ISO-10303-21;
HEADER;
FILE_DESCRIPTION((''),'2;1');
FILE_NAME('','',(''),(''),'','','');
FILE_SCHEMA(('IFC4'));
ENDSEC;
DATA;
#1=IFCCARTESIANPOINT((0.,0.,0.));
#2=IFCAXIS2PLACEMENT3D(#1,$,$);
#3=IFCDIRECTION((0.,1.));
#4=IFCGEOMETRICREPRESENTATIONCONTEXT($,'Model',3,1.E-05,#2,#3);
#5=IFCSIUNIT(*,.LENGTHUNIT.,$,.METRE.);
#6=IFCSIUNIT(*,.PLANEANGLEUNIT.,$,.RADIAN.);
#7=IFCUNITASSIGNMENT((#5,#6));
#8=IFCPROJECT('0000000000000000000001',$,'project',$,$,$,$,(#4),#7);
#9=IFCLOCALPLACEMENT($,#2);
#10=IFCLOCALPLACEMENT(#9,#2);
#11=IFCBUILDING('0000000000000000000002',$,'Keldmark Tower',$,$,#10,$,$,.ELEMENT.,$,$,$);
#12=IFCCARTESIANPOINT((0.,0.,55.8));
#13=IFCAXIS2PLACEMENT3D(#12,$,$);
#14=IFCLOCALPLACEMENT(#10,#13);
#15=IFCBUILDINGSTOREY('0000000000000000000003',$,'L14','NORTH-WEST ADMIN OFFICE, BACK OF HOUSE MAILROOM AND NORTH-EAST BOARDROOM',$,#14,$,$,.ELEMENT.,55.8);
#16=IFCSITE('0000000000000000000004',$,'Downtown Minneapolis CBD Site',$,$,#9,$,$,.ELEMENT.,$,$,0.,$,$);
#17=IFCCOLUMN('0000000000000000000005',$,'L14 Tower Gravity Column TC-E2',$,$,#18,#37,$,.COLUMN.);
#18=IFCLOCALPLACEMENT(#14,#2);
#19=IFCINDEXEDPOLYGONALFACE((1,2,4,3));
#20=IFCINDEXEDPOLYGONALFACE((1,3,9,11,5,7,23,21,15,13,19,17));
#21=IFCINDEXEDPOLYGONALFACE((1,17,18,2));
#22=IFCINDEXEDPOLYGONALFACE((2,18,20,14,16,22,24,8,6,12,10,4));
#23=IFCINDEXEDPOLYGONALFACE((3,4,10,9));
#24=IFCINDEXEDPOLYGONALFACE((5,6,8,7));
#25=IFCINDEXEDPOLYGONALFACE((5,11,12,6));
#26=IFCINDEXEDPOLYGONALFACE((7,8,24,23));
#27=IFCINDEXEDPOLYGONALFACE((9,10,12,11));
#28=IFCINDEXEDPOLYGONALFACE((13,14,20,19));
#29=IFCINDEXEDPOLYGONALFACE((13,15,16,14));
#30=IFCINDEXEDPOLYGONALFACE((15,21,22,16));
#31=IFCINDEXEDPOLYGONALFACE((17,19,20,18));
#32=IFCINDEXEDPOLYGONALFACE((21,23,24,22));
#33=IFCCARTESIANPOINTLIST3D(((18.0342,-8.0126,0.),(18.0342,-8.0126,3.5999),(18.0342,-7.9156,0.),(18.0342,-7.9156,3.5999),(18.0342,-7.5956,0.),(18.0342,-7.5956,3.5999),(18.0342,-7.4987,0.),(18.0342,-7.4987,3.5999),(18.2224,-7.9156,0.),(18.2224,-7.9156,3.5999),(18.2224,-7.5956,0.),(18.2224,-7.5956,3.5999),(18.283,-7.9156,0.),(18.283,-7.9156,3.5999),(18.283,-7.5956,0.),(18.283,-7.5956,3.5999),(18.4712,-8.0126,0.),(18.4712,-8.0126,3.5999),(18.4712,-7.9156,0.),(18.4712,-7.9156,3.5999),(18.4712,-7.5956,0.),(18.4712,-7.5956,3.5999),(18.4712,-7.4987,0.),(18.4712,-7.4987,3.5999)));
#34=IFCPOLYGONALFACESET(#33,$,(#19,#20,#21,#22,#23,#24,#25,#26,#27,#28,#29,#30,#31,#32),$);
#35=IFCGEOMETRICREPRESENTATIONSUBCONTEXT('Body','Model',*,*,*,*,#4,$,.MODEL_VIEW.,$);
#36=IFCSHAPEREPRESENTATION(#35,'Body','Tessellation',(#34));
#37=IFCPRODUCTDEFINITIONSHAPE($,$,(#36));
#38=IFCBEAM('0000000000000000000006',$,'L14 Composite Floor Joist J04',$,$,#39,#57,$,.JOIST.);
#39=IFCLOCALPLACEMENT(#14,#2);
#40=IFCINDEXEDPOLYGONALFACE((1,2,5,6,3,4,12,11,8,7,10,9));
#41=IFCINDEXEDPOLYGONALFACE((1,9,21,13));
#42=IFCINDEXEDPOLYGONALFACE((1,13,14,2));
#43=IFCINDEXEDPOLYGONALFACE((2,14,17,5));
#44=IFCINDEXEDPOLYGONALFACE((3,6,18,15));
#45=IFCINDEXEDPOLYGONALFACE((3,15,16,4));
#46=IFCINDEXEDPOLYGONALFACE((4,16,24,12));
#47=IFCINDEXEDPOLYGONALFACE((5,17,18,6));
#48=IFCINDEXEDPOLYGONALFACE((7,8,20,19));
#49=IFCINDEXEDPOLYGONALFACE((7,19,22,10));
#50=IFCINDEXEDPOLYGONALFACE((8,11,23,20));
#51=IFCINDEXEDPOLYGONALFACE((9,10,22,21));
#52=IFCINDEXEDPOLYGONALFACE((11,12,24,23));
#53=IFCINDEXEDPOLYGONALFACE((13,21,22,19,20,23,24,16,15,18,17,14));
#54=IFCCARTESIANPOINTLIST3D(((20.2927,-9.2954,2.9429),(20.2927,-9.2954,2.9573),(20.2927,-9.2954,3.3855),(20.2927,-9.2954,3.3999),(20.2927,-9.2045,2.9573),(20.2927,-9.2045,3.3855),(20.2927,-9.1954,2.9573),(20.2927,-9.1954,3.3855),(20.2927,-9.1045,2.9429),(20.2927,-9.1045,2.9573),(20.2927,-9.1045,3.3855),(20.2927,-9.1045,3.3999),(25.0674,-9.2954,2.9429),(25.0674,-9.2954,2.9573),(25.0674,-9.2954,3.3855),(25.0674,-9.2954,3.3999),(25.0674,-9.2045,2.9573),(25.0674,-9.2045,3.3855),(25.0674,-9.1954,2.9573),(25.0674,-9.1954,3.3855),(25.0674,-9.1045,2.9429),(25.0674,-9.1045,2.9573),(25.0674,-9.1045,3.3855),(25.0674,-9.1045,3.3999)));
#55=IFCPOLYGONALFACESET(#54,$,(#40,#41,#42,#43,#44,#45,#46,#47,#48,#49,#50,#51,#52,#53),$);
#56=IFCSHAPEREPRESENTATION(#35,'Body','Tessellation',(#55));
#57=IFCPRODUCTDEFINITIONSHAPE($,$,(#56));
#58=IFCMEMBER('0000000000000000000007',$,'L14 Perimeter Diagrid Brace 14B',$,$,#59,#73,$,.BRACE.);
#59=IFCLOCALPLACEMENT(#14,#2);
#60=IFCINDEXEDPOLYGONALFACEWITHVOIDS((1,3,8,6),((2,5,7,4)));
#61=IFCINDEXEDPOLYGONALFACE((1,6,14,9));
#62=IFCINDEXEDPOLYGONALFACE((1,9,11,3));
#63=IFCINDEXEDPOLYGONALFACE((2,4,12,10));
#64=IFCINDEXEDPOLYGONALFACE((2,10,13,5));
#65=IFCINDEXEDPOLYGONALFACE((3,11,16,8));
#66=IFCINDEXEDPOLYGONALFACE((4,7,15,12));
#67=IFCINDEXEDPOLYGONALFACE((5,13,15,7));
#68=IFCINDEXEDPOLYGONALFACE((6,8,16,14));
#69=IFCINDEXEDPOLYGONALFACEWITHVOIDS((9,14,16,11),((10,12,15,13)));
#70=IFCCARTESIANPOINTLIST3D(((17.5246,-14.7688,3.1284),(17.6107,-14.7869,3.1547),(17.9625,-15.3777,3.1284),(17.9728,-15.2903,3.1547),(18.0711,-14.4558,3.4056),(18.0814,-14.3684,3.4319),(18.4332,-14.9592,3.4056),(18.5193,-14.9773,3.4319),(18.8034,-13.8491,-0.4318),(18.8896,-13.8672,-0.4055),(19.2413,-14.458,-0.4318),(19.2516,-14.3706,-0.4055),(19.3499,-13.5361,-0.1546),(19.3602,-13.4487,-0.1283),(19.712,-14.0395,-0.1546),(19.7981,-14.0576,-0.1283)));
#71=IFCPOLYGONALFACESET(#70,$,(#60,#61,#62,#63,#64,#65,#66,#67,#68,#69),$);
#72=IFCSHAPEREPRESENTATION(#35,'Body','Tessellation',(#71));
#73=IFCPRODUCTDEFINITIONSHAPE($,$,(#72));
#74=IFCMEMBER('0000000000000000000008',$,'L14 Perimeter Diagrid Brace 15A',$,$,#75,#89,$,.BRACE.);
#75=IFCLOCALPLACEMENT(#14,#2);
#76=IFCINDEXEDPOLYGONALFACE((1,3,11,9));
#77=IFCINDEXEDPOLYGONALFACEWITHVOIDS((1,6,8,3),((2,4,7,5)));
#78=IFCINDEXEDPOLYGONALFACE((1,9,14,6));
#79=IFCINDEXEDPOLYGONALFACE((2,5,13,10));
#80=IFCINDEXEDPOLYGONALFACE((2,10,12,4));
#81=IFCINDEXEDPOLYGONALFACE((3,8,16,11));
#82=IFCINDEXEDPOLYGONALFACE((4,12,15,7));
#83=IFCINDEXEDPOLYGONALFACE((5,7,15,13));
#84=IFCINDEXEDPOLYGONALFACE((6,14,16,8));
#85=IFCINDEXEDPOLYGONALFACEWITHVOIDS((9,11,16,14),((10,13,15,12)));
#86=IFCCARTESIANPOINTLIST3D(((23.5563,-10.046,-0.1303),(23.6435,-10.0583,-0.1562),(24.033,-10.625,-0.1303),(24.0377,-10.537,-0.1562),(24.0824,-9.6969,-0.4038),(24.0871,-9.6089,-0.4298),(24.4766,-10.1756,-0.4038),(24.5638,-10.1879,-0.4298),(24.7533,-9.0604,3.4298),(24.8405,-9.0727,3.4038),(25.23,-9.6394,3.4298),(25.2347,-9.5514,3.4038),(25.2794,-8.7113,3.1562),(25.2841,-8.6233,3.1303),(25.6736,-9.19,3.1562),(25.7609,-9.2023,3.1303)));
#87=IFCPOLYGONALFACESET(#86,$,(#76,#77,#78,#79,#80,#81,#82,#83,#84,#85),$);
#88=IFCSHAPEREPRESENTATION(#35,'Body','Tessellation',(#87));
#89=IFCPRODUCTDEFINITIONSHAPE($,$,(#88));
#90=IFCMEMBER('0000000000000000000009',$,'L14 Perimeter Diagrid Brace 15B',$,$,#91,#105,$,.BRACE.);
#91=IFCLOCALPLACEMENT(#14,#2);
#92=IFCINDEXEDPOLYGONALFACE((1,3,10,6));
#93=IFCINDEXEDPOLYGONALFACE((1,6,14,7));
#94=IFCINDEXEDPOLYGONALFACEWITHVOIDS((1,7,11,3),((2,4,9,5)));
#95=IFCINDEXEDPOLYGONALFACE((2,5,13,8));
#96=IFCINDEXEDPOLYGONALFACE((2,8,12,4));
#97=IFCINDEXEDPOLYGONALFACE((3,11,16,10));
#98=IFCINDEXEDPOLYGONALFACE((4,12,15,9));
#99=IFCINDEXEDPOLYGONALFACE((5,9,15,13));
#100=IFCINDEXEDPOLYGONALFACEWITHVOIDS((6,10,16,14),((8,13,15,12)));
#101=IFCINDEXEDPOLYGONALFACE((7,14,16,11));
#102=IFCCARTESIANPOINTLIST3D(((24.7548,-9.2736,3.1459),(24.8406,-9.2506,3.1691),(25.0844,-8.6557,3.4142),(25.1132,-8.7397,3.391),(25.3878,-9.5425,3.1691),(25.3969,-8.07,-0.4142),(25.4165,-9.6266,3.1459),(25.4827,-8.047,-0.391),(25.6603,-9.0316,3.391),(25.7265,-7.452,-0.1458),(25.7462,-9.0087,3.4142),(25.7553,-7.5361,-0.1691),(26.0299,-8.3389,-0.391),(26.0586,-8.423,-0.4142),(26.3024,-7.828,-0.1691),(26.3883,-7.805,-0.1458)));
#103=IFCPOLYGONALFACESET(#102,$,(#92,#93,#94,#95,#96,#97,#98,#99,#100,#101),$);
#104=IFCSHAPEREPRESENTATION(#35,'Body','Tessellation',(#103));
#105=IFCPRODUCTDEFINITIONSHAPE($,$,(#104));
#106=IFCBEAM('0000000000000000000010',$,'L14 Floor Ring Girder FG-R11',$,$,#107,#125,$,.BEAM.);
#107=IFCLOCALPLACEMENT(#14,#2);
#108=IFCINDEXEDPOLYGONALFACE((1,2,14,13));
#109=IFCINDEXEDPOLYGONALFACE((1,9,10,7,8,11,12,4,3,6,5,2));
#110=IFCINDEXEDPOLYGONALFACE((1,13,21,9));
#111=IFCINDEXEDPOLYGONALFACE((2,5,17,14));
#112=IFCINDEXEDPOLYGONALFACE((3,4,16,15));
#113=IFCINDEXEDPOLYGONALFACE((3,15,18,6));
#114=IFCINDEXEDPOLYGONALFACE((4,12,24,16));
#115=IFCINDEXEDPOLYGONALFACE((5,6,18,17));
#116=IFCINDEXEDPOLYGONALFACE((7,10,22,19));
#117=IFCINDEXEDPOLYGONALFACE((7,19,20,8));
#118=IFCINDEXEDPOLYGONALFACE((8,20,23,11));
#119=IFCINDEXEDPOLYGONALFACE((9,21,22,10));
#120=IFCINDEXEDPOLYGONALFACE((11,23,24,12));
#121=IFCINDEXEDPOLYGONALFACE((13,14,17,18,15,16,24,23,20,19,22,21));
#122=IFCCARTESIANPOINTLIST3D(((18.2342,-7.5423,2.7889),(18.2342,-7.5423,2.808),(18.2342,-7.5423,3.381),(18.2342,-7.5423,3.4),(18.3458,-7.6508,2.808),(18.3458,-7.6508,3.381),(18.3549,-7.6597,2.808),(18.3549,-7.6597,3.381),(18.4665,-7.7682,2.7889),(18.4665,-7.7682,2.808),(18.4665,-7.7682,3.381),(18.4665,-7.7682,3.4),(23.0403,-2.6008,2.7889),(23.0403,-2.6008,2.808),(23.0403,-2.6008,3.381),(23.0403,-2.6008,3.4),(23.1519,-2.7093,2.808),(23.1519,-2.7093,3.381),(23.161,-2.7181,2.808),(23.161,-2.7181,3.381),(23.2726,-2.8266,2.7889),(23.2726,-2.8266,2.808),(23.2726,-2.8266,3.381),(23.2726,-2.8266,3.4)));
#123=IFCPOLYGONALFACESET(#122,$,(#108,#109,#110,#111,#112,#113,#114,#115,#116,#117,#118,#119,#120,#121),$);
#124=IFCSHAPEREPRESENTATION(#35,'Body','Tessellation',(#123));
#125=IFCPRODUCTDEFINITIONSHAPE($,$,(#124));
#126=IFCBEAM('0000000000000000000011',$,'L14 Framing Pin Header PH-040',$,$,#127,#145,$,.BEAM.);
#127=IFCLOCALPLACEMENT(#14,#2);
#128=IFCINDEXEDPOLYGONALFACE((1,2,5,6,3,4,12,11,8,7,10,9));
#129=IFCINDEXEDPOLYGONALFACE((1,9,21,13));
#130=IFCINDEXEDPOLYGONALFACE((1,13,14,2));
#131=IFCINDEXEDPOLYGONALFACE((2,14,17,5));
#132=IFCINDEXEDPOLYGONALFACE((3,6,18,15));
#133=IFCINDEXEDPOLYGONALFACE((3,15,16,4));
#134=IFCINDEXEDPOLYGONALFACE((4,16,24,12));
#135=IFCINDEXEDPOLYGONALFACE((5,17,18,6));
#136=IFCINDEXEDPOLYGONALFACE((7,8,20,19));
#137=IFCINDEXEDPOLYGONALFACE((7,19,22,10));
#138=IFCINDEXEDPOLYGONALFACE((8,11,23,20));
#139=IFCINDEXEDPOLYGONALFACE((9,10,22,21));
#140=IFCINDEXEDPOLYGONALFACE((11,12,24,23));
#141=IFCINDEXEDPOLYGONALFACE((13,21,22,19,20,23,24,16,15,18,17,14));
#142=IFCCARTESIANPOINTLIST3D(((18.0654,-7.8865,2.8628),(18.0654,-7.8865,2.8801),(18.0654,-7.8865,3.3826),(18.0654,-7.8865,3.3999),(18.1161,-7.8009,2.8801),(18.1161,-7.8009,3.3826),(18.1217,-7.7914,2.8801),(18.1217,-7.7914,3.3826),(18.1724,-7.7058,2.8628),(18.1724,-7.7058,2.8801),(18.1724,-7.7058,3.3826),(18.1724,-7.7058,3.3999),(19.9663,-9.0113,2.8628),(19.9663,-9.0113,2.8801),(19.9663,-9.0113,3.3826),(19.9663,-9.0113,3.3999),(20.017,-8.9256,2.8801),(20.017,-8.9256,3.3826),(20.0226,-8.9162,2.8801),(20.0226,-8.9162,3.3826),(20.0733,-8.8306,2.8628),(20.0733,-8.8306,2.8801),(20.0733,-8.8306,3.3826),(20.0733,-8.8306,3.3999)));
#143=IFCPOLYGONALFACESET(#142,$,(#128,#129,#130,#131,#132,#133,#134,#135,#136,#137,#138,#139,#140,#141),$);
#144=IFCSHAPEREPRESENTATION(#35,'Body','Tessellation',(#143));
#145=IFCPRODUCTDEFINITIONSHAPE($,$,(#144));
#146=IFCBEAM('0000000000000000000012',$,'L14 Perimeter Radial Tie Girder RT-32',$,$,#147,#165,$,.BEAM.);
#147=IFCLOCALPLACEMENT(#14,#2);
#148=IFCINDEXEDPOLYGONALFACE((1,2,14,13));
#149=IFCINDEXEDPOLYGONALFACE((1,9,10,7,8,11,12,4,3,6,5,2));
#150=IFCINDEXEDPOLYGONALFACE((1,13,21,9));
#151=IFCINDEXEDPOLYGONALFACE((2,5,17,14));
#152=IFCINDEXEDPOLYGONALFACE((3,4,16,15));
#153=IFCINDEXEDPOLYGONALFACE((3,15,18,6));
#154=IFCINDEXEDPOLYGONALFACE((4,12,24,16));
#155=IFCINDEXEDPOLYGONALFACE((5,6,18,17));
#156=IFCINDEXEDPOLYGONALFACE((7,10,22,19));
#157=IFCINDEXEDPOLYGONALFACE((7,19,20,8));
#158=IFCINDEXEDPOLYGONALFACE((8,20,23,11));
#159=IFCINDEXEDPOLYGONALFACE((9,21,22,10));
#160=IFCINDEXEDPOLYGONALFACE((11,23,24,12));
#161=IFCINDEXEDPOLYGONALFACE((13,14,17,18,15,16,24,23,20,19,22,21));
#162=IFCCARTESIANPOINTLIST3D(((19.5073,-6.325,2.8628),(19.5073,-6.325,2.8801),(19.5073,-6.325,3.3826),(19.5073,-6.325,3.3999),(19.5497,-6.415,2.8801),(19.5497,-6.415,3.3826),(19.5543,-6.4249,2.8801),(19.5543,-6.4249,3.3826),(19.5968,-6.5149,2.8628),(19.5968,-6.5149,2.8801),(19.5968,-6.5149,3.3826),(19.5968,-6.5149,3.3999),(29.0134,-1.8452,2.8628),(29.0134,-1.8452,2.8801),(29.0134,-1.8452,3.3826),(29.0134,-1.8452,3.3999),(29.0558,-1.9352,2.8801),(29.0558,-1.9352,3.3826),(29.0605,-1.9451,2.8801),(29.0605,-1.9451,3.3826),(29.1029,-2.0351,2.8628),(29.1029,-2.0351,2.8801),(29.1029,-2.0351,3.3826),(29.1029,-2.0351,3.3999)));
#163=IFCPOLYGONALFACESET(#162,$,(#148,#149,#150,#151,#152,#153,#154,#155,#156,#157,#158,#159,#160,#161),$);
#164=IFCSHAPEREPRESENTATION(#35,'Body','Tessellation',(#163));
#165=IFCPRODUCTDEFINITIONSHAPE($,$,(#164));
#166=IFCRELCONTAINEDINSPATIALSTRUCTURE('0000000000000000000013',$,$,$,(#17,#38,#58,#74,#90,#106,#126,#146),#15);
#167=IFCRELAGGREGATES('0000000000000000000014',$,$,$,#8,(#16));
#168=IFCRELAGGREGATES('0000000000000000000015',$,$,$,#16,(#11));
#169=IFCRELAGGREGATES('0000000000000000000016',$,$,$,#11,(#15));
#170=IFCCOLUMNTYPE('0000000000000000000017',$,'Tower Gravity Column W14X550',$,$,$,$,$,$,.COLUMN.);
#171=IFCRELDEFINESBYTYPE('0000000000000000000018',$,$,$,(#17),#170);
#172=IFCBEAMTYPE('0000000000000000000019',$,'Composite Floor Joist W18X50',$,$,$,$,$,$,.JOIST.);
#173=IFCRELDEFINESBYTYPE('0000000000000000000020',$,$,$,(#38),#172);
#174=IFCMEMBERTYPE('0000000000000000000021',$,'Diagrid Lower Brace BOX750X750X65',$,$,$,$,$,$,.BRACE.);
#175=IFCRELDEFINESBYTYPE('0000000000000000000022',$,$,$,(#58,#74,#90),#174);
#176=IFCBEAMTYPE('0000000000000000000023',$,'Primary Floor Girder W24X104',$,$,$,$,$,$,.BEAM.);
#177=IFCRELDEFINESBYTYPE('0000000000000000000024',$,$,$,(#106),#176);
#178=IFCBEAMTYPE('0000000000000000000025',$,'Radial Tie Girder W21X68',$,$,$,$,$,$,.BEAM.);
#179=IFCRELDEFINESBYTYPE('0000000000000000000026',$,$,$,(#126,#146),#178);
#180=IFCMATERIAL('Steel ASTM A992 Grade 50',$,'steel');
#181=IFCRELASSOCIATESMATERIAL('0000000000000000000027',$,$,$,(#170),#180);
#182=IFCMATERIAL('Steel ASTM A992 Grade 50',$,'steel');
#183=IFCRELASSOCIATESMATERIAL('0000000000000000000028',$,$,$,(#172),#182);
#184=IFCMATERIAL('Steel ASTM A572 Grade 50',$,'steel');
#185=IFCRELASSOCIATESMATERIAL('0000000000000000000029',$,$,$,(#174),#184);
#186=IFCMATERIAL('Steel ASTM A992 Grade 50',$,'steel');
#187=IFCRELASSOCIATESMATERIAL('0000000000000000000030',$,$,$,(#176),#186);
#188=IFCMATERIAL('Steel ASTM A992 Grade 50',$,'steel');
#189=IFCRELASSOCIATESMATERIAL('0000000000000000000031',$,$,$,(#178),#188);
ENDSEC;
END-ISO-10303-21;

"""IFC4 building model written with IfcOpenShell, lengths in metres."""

from ifc_helpers import new_model, si_unit, direction, frame, origin, origin_2d, place, context, subcontext, project, spatial, hollow_rectangle, i_section, extrude, material, material_profile, profile_set, type_object, element, save


model = new_model("IFC4")

# Units and contexts
model_context = context("Model", 3, precision=1e-05, world=origin(), true_north=direction((0.0, 1.0)))
body_context = subcontext(model_context, "Body", "Model", "MODEL_VIEW")
ifc_project = project(units=[si_unit("LENGTHUNIT", "METRE"), si_unit("PLANEANGLEUNIT", "RADIAN")], contexts=[model_context])

# Site, building, storey
site_placement = place(None, origin())
site = spatial("IfcSite", under=ifc_project, at=site_placement, Name="Downtown Minneapolis CBD Site", CompositionType="ELEMENT", RefElevation=0.0)
building_placement = place(site_placement, origin())
building = spatial("IfcBuilding", under=site, at=building_placement, Name="Keldmark Tower", CompositionType="ELEMENT")
storey_placement = place(building_placement, frame((0.0, 0.0, 55.8)))
storey = spatial("IfcBuildingStorey", under=building, at=storey_placement, Name="L14", Description="NORTH-WEST ADMIN OFFICE, BACK OF HOUSE MAILROOM AND NORTH-EAST BOARDROOM", CompositionType="ELEMENT", Elevation=55.8)

# Column
ifc_material_1 = material(Name="Steel ASTM A992 Grade 50", Category="steel")
ifc_material_profile_1 = material_profile(ifc_material_1, i_section(OverallWidth=0.437, OverallDepth=0.5139, WebThickness=0.0605, FlangeThickness=0.0969, at=origin_2d()), Name="W14X550")
ifc_profile_set_1 = profile_set([ifc_material_profile_1], Name="Steel ASTM A992 Grade 50")
column_type = type_object("IfcColumnType", Name="Tower Gravity Column W14X550", PredefinedType="COLUMN", material=ifc_profile_set_1)
column_placement = place(storey_placement, frame((18.2527, -7.7556, 0.0), z_axis=(0.0, 0.0, 1.0), x_axis=(1.0, 0.0, 0.0)))
element("IfcColumn", 1, at=column_placement, inside=storey, type_object=column_type, Name="L14 Tower Gravity Column TC-E2", PredefinedType="COLUMN", context=body_context, shape_type="SweptSolid", body=[
    extrude(i_section(OverallWidth=0.437, OverallDepth=0.5139, WebThickness=0.0605, FlangeThickness=0.0969, at=origin_2d()), origin(), (0.0, 0.0, 1.0), 3.5999),
])

# Beam
ifc_material_2 = material(Name="Steel ASTM A992 Grade 50", Category="steel")
ifc_material_profile_2 = material_profile(ifc_material_2, i_section(OverallWidth=0.1909, OverallDepth=0.457, WebThickness=0.009, FlangeThickness=0.0144, at=origin_2d()), Name="W18X50")
ifc_profile_set_2 = profile_set([ifc_material_profile_2], Name="Steel ASTM A992 Grade 50")
beam_type_1 = type_object("IfcBeamType", Name="Composite Floor Joist W18X50", PredefinedType="JOIST", material=ifc_profile_set_2)
beam_1_placement = place(storey_placement, frame((20.2927, -9.2, 3.1714), z_axis=(1.0, 0.0, 0.0), x_axis=(0.0, 1.0, 0.0)))
element("IfcBeam", 2, at=beam_1_placement, inside=storey, type_object=beam_type_1, Name="L14 Composite Floor Joist J04", PredefinedType="JOIST", context=body_context, shape_type="SweptSolid", body=[
    extrude(i_section(OverallWidth=0.1909, OverallDepth=0.457, WebThickness=0.009, FlangeThickness=0.0144, at=origin_2d()), origin(), (0.0, 0.0, 1.0), 4.7747),
])

# Members
ifc_material_3 = material(Name="Steel ASTM A572 Grade 50", Category="steel")
ifc_material_profile_3 = material_profile(ifc_material_3, hollow_rectangle(XDim=0.75, YDim=0.75, WallThickness=0.0649, at=origin_2d()), Name="BOX750X750X65")
ifc_profile_set_3 = profile_set([ifc_material_profile_3], Name="Steel ASTM A572 Grade 50")
member_type = type_object("IfcMemberType", Name="Diagrid Lower Brace BOX750X750X65", PredefinedType="BRACE", material=ifc_profile_set_3)
member_1_placement = place(storey_placement, frame((19.3008, -13.9534, -0.28), z_axis=(-0.328492, -0.236241, 0.914485), x_axis=(0.58386, -0.811855, 0.0)))
element("IfcMember", 3, at=member_1_placement, inside=storey, type_object=member_type, Name="L14 Perimeter Diagrid Brace 14B", PredefinedType="BRACE", context=body_context, shape_type="SweptSolid", body=[
    extrude(hollow_rectangle(XDim=0.75, YDim=0.75, WallThickness=0.0649, at=origin_2d()), origin(), (0.0, 0.0, 1.0), 3.8931),
])
member_2_placement = place(storey_placement, frame((24.0601, -10.1169, -0.28), z_axis=(0.308266, 0.253818, 0.916814), x_axis=(-0.635636, 0.771989, 0.0)))
element("IfcMember", 4, at=member_2_placement, inside=storey, type_object=member_type, Name="L14 Perimeter Diagrid Brace 15A", PredefinedType="BRACE", context=body_context, shape_type="SweptSolid", body=[
    extrude(hollow_rectangle(XDim=0.75, YDim=0.75, WallThickness=0.0649, at=origin_2d()), origin(), (0.0, 0.0, 1.0), 3.8831),
])
member_3_placement = place(storey_placement, frame((25.8926, -7.9375, -0.28), z_axis=(-0.168418, -0.315704, 0.933791), x_axis=(0.882303, -0.470681, 0.0)))
element("IfcMember", 5, at=member_3_placement, inside=storey, type_object=member_type, Name="L14 Perimeter Diagrid Brace 15B", PredefinedType="BRACE", context=body_context, shape_type="SweptSolid", body=[
    extrude(hollow_rectangle(XDim=0.75, YDim=0.75, WallThickness=0.0649, at=origin_2d()), origin(), (0.0, 0.0, 1.0), 3.8125),
])

# Beams
ifc_material_4 = material(Name="Steel ASTM A992 Grade 50", Category="steel")
ifc_material_profile_4 = material_profile(ifc_material_4, i_section(OverallWidth=0.324, OverallDepth=0.6111, WebThickness=0.0127, FlangeThickness=0.019, at=origin_2d()), Name="W24X104")
ifc_profile_set_4 = profile_set([ifc_material_profile_4], Name="Steel ASTM A992 Grade 50")
beam_type_2 = type_object("IfcBeamType", Name="Primary Floor Girder W24X104", PredefinedType="BEAM", material=ifc_profile_set_4)
beam_2_placement = place(storey_placement, frame((18.3503, -7.6553, 3.0945), z_axis=(0.69721, 0.716867, 0.0), x_axis=(-0.716867, 0.69721, 0.0)))
element("IfcBeam", 6, at=beam_2_placement, inside=storey, type_object=beam_type_2, Name="L14 Floor Ring Girder FG-R11", PredefinedType="BEAM", context=body_context, shape_type="SweptSolid", body=[
    extrude(i_section(OverallWidth=0.324, OverallDepth=0.6111, WebThickness=0.0127, FlangeThickness=0.019, at=origin_2d()), origin(), (0.0, 0.0, 1.0), 6.8933),
])
ifc_material_5 = material(Name="Steel ASTM A992 Grade 50", Category="steel")
ifc_material_profile_5 = material_profile(ifc_material_5, i_section(OverallWidth=0.21, OverallDepth=0.5371, WebThickness=0.011, FlangeThickness=0.0173, at=origin_2d()), Name="W21X68")
ifc_profile_set_5 = profile_set([ifc_material_profile_5], Name="Steel ASTM A992 Grade 50")
beam_type_3 = type_object("IfcBeamType", Name="Radial Tie Girder W21X68", PredefinedType="BEAM", material=ifc_profile_set_5)
beam_3_placement = place(storey_placement, frame((18.1189, -7.7961, 3.1313), z_axis=(0.860627, -0.509236, 0.0), x_axis=(0.509236, 0.860627, 0.0)))
element("IfcBeam", 7, at=beam_3_placement, inside=storey, type_object=beam_type_3, Name="L14 Framing Pin Header PH-040", PredefinedType="BEAM", context=body_context, shape_type="SweptSolid", body=[
    extrude(i_section(OverallWidth=0.21, OverallDepth=0.5371, WebThickness=0.011, FlangeThickness=0.0173, at=origin_2d()), origin(), (0.0, 0.0, 1.0), 2.2087),
])
beam_4_placement = place(storey_placement, frame((19.552, -6.4199, 3.1313), z_axis=(0.904588, 0.426286, 0.0), x_axis=(-0.426286, 0.904588, 0.0)))
element("IfcBeam", 8, at=beam_4_placement, inside=storey, type_object=beam_type_3, Name="L14 Perimeter Radial Tie Girder RT-32", PredefinedType="BEAM", context=body_context, shape_type="SweptSolid", body=[
    extrude(i_section(OverallWidth=0.21, OverallDepth=0.5371, WebThickness=0.011, FlangeThickness=0.0173, at=origin_2d()), origin(), (0.0, 0.0, 1.0), 10.5088),
])

save(model, "model.ifc")
